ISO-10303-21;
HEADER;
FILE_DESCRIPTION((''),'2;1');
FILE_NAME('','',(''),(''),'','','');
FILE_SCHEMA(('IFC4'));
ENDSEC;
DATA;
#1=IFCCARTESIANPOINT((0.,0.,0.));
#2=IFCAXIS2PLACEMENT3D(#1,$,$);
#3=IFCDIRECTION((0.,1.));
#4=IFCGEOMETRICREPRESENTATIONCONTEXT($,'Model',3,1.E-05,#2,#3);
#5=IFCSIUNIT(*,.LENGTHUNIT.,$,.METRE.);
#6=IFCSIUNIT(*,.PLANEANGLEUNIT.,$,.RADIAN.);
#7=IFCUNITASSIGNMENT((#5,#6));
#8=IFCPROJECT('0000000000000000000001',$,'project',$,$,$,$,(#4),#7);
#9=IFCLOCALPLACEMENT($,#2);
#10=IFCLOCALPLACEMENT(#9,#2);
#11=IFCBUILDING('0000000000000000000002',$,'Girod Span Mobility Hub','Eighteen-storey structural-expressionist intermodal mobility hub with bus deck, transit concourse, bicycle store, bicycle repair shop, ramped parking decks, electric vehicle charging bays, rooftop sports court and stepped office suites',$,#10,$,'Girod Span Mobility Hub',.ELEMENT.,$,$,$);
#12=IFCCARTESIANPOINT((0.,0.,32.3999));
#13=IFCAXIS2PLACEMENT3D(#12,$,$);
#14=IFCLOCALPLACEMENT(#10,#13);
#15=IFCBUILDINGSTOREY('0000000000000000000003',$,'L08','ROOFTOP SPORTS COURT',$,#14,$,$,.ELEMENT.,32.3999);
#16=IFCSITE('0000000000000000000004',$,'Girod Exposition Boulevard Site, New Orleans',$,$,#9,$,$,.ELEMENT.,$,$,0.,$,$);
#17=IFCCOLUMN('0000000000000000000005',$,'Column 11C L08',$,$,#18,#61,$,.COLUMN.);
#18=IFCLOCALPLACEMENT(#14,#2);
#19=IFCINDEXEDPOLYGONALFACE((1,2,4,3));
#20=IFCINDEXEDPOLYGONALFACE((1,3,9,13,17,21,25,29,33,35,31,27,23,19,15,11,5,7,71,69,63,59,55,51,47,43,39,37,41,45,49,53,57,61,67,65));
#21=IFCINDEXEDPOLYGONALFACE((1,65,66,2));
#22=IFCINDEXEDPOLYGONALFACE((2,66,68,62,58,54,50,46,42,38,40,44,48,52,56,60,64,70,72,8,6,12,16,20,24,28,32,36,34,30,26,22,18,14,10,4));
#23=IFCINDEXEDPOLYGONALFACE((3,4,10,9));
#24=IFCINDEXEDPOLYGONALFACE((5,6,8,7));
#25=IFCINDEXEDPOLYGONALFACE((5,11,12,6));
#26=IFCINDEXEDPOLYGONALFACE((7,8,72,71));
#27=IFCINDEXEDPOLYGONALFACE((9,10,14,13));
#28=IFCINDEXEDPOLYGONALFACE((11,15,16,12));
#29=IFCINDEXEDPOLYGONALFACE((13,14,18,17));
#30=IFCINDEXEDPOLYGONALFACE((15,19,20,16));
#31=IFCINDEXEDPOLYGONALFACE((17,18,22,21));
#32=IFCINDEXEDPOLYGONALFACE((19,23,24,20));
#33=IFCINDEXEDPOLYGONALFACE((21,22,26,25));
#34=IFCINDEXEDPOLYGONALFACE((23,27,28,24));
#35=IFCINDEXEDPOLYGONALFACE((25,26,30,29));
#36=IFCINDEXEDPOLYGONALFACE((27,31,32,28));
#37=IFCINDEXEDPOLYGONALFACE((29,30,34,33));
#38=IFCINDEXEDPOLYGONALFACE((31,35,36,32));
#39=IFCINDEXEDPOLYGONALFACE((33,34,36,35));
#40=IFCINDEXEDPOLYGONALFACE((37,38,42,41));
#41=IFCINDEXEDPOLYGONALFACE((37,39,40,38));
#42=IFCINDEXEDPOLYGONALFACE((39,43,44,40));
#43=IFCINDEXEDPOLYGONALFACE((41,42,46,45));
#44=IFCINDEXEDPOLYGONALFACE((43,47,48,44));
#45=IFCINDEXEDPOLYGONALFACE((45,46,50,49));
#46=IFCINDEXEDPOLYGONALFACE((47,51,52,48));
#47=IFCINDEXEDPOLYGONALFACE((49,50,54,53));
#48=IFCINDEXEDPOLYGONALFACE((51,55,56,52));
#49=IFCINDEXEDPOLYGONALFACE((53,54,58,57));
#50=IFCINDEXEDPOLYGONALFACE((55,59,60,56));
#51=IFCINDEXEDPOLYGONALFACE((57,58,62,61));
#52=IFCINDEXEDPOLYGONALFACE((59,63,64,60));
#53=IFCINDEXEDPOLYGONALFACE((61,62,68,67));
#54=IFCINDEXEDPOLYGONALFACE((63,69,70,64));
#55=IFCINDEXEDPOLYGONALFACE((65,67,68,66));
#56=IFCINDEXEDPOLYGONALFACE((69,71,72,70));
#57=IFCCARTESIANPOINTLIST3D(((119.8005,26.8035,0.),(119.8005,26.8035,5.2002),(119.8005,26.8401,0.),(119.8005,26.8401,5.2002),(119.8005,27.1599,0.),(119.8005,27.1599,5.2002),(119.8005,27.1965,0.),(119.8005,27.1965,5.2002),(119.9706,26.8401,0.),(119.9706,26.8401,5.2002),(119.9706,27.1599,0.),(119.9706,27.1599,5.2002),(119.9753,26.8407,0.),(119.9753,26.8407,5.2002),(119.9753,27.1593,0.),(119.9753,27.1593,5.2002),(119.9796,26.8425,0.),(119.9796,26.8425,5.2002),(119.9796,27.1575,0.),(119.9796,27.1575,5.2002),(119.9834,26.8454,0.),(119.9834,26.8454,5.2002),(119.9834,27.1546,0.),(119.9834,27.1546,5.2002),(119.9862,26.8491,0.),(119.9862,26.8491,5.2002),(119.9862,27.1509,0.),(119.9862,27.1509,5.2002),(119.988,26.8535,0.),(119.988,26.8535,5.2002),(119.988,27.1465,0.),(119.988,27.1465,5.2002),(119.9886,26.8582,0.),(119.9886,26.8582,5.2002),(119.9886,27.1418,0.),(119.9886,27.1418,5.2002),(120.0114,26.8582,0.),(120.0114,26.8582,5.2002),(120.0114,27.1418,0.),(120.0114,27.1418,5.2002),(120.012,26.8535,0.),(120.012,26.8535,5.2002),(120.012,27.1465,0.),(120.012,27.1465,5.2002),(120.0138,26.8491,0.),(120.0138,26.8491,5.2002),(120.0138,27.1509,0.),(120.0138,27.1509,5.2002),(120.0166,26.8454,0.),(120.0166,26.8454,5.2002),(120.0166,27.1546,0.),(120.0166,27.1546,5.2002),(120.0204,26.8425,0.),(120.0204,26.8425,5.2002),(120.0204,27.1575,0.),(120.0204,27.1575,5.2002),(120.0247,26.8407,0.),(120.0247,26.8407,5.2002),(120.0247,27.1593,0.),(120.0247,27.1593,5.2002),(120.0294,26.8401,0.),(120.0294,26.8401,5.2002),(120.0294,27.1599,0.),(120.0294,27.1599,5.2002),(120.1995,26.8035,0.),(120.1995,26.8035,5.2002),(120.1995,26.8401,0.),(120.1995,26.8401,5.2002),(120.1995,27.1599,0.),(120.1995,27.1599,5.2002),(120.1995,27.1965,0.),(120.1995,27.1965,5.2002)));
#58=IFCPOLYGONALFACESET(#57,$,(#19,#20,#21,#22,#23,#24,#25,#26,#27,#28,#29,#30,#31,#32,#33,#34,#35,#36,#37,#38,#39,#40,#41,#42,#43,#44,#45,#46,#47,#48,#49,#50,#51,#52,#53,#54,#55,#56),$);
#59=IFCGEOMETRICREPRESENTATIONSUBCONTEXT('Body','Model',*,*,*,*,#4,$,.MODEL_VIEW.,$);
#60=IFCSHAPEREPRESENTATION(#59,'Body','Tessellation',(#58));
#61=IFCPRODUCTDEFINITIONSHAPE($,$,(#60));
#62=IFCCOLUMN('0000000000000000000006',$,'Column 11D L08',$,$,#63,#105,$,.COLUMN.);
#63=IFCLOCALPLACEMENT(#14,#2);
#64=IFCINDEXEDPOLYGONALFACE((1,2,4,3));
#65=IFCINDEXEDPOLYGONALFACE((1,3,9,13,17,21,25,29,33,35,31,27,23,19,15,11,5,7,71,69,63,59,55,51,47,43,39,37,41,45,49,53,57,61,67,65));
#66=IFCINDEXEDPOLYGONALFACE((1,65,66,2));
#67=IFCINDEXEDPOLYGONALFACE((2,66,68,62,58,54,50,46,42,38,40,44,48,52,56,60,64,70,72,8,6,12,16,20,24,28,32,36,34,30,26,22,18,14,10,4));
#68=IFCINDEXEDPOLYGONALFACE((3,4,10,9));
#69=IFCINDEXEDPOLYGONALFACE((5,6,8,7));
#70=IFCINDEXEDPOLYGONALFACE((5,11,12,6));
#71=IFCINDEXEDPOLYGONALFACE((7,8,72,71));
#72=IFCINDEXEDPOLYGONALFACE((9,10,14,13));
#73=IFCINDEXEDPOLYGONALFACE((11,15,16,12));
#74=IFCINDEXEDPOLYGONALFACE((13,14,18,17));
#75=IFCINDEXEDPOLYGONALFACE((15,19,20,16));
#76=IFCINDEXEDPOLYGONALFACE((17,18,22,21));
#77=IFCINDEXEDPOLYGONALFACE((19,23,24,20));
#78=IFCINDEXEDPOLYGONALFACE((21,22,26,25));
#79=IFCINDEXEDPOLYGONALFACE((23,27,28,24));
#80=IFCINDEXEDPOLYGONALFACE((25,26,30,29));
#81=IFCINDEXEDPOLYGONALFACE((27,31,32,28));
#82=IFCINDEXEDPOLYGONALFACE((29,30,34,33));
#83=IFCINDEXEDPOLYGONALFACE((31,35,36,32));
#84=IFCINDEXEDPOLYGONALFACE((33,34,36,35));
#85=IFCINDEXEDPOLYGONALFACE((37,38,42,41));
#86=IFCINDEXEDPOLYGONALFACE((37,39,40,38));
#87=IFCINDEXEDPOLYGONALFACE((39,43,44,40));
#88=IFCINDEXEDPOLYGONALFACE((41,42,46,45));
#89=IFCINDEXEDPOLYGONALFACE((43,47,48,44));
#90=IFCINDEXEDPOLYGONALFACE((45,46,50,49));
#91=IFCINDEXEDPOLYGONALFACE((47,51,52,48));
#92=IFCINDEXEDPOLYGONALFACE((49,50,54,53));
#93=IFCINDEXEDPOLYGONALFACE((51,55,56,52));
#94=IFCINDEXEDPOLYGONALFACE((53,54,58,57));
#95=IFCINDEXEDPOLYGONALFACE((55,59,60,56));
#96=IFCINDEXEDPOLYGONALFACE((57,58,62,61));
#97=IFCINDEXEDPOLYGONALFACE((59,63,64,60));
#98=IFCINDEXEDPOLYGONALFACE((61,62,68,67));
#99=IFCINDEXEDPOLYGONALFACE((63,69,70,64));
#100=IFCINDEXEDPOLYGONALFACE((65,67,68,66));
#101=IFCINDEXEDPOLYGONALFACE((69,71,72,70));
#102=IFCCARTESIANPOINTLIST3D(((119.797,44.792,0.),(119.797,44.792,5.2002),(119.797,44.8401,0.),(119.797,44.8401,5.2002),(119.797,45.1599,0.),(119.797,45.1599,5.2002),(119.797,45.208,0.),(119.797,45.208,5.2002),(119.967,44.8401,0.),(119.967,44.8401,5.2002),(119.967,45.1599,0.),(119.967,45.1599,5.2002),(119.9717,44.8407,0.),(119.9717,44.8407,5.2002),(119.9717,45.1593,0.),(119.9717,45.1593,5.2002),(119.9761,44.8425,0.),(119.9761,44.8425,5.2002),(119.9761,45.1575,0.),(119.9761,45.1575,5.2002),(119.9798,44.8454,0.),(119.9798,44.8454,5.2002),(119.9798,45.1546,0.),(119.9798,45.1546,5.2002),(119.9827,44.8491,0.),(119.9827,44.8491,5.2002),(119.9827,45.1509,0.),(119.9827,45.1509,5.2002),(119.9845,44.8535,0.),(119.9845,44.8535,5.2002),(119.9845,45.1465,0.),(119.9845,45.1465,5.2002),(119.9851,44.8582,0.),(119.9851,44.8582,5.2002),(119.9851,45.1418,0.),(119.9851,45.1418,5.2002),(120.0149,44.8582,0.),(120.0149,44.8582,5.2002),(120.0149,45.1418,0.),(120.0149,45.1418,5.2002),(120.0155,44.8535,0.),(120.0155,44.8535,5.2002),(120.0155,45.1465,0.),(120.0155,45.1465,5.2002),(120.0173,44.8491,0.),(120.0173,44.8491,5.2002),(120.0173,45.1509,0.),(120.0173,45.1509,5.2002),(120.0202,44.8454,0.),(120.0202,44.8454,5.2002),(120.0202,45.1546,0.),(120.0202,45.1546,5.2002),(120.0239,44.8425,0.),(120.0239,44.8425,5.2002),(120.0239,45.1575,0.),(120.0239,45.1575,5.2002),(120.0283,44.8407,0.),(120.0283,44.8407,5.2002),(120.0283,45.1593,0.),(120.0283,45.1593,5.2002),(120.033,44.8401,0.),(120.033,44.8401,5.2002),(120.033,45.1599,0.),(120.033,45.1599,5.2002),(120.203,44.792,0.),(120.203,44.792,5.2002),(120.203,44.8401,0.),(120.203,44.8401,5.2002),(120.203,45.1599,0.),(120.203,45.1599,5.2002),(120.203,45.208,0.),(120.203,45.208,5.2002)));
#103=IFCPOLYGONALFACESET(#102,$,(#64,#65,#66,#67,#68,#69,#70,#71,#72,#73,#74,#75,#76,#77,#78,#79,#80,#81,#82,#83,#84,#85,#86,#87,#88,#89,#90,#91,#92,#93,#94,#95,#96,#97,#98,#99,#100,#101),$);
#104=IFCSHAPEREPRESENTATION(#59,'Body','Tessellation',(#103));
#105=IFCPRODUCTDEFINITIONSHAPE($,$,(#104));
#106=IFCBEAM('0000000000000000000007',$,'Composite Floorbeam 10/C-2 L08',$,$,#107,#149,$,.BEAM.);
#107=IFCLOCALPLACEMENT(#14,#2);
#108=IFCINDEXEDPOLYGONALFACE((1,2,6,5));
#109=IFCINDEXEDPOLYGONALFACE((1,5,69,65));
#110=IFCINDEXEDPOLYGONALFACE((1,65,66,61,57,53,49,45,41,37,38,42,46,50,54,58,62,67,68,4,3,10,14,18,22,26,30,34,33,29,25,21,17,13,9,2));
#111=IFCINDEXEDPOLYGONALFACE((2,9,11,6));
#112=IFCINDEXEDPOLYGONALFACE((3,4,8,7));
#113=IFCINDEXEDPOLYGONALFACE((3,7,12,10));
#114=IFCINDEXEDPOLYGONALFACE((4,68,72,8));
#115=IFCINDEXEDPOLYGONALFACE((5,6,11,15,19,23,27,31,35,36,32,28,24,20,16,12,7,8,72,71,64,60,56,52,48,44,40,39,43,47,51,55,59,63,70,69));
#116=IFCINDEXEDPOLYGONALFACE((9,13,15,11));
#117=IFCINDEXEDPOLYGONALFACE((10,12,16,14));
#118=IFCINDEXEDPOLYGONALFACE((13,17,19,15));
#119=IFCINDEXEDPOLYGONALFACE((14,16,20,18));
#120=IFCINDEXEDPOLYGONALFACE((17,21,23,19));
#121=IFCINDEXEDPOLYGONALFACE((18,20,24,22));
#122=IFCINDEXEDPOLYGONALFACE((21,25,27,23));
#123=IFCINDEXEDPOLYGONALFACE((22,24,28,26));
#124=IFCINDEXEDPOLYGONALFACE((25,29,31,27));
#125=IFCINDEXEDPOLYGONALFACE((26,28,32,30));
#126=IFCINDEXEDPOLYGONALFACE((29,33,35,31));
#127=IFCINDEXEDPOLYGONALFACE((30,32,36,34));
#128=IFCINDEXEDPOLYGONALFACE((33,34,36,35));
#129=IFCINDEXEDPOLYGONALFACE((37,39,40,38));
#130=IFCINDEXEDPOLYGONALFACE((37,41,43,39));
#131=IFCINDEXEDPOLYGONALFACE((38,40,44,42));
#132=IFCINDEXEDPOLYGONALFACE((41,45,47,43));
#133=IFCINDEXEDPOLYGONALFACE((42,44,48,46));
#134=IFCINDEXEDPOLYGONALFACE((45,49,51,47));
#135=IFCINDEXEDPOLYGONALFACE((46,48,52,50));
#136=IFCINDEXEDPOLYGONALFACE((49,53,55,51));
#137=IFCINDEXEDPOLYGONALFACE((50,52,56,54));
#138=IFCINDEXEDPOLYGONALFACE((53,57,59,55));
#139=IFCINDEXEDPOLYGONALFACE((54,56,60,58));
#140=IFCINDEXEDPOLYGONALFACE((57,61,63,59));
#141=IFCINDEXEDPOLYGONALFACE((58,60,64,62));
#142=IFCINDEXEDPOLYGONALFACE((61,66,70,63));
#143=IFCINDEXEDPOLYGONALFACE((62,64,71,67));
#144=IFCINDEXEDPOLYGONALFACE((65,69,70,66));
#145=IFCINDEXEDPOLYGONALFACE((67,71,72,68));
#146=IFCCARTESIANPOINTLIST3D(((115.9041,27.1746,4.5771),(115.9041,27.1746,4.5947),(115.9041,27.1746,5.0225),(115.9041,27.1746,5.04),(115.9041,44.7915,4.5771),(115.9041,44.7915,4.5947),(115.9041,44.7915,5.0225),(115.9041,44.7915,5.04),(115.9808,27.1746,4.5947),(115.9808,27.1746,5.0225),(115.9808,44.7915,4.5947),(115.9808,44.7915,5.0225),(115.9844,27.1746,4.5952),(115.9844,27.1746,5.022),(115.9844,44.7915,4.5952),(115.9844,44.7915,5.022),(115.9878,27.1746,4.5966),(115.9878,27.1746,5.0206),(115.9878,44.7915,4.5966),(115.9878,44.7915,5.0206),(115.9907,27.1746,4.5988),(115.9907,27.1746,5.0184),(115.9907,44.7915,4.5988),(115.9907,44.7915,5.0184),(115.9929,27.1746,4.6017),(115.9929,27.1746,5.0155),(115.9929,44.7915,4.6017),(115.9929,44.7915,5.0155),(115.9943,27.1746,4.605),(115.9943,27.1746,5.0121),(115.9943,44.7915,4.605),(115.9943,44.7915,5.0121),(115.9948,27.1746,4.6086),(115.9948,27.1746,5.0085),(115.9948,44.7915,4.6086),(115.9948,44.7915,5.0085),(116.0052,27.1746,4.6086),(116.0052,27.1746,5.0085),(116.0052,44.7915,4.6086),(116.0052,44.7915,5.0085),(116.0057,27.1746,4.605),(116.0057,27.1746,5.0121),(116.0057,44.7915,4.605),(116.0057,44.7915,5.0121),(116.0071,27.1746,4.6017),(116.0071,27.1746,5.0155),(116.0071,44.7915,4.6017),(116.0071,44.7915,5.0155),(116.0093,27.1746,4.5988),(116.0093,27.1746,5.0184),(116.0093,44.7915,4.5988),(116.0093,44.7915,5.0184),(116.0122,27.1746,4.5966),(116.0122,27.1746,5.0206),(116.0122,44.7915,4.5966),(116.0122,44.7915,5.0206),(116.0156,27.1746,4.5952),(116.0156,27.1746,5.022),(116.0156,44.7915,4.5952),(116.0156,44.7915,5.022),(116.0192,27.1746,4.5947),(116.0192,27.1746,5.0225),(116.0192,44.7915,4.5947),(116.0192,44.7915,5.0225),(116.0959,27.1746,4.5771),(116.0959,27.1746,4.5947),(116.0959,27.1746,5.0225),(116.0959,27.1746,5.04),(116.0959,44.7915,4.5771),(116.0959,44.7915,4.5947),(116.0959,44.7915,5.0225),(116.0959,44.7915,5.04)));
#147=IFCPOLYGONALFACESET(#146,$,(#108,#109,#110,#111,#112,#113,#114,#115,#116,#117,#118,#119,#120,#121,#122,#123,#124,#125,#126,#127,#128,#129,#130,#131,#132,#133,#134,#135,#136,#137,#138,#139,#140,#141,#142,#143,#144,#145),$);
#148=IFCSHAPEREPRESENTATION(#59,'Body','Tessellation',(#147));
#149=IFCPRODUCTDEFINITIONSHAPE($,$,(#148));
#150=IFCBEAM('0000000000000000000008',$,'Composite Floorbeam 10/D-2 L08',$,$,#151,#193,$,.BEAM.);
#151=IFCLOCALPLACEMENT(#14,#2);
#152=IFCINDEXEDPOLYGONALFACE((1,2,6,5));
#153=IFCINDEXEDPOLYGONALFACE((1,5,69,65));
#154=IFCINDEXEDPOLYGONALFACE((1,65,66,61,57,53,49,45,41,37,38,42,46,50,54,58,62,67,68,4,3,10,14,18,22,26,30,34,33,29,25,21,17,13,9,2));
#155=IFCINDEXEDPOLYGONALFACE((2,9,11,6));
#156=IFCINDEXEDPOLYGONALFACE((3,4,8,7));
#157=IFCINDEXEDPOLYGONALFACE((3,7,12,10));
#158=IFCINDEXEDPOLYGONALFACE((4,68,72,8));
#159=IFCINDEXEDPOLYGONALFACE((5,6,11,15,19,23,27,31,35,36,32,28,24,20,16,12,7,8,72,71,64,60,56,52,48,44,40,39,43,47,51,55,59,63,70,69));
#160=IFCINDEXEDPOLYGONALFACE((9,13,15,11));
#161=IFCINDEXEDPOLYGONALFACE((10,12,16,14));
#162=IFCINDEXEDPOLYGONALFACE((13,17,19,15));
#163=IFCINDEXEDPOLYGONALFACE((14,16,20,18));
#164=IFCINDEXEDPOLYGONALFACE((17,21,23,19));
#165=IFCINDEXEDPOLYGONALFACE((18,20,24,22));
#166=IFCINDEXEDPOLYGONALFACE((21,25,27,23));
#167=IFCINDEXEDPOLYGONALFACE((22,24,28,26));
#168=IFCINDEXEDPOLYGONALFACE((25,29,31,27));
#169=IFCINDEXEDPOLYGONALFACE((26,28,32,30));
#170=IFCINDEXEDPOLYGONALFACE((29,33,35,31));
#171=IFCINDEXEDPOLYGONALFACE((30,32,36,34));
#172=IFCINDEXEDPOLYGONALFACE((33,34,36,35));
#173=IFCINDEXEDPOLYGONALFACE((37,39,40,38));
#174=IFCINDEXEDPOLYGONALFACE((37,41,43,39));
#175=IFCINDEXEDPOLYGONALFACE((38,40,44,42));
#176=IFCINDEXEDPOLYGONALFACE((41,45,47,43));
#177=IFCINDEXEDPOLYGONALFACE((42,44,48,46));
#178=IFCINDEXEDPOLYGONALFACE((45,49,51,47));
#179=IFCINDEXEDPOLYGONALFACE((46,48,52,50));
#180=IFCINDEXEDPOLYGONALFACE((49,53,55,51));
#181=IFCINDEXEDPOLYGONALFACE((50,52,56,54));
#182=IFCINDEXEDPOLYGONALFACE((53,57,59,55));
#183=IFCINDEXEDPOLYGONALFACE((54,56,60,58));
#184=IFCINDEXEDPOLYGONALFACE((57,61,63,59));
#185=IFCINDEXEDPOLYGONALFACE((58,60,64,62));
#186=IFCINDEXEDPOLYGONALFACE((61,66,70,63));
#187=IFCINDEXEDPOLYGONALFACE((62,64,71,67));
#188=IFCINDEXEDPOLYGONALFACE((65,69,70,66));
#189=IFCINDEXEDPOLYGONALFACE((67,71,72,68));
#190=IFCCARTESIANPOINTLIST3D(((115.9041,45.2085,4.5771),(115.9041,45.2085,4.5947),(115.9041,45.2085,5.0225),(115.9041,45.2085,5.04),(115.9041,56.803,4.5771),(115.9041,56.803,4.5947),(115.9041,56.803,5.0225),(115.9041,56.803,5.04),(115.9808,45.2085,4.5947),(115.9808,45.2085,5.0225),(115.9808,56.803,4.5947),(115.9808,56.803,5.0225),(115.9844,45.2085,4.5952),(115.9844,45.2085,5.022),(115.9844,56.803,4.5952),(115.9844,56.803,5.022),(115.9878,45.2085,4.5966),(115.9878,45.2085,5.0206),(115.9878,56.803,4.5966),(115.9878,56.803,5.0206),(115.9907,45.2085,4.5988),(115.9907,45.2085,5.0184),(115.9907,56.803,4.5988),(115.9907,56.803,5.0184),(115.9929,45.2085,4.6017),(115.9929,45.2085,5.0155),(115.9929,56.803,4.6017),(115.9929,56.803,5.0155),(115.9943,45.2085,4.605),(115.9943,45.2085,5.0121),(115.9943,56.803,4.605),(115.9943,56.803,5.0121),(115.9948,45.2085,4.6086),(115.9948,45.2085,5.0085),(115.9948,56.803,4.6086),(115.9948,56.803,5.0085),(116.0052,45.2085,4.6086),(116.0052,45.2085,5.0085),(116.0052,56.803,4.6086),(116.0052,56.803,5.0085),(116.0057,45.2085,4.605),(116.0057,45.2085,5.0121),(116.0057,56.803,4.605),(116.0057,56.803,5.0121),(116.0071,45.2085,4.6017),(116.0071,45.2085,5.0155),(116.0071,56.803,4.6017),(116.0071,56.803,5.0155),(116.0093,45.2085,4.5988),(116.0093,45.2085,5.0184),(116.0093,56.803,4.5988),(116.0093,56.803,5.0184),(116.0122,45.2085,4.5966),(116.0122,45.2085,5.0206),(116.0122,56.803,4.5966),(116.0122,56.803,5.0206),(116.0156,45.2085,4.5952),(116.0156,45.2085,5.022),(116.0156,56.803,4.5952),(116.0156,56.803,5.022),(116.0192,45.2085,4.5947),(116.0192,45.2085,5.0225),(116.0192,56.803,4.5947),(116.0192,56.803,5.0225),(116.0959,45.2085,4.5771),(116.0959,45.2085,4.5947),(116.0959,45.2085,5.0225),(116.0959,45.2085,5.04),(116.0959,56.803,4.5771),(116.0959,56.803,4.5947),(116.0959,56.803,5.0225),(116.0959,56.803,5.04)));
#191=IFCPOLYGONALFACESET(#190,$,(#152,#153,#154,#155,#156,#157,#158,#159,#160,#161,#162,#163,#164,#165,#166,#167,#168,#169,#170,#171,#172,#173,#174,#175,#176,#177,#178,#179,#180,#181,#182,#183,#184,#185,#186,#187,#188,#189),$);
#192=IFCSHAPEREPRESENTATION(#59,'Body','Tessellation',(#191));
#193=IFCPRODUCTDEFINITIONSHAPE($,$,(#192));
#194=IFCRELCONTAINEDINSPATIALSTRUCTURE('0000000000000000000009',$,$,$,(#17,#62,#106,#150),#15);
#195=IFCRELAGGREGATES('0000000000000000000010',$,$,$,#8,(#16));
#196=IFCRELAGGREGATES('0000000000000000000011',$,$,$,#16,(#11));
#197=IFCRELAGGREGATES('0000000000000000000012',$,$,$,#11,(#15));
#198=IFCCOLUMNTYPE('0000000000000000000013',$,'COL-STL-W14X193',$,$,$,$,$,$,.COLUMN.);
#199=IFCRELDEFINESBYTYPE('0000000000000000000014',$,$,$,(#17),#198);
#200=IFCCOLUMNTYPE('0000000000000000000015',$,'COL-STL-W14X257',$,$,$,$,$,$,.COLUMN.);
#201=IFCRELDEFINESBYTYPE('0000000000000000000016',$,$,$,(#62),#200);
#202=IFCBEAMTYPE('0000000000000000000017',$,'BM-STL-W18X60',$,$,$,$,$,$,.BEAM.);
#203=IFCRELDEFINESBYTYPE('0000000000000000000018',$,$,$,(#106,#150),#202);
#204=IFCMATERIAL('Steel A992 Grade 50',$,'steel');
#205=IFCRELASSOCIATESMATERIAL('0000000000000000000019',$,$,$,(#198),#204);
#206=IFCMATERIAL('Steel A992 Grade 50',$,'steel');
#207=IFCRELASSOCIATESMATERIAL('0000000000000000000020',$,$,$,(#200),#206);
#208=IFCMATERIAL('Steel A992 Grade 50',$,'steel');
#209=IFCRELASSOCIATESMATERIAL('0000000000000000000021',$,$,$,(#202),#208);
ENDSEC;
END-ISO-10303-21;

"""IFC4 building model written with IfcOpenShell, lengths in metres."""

from ifc_helpers import new_model, si_unit, direction, frame, origin, origin_2d, place, context, subcontext, project, spatial, i_section, extrude, material, material_profile, profile_set, type_object, element, save


model = new_model("IFC4")

# Units and contexts
model_context = context("Model", 3, precision=1e-05, world=origin(), true_north=direction((0.0, 1.0)))
body_context = subcontext(model_context, "Body", "Model", "MODEL_VIEW")
ifc_project = project(units=[si_unit("LENGTHUNIT", "METRE"), si_unit("PLANEANGLEUNIT", "RADIAN")], contexts=[model_context])

# Site, building, storey
site_placement = place(None, origin())
site = spatial("IfcSite", under=ifc_project, at=site_placement, Name="Girod Exposition Boulevard Site, New Orleans", CompositionType="ELEMENT", RefElevation=0.0)
building_placement = place(site_placement, origin())
building = spatial("IfcBuilding", under=site, at=building_placement, Name="Girod Span Mobility Hub", Description="Eighteen-storey structural-expressionist intermodal mobility hub with bus deck, transit concourse, bicycle store, bicycle repair shop, ramped parking decks, electric vehicle charging bays, rooftop sports court and stepped office suites", LongName="Girod Span Mobility Hub", CompositionType="ELEMENT")
storey_placement = place(building_placement, frame((0.0, 0.0, 32.3999)))
storey = spatial("IfcBuildingStorey", under=building, at=storey_placement, Name="L08", Description="ROOFTOP SPORTS COURT", CompositionType="ELEMENT", Elevation=32.3999)

# Columns
ifc_material_1 = material(Name="Steel A992 Grade 50", Category="steel")
ifc_material_profile_1 = material_profile(ifc_material_1, i_section(OverallWidth=0.3989, OverallDepth=0.3931, WebThickness=0.0227, FlangeThickness=0.0366, FilletRadius=0.0181, at=origin_2d()), Name="W14X193")
ifc_profile_set_1 = profile_set([ifc_material_profile_1], Name="Steel A992 Grade 50")
column_type_1 = type_object("IfcColumnType", Name="COL-STL-W14X193", PredefinedType="COLUMN", material=ifc_profile_set_1)
column_1_placement = place(storey_placement, frame((120.0, 27.0, 0.0), z_axis=(0.0, 0.0, 1.0), x_axis=(1.0, 0.0, 0.0)))
element("IfcColumn", 1, at=column_1_placement, inside=storey, type_object=column_type_1, Name="Column 11C L08", PredefinedType="COLUMN", context=body_context, shape_type="SweptSolid", body=[
    extrude(i_section(OverallWidth=0.3989, OverallDepth=0.3931, WebThickness=0.0227, FlangeThickness=0.0366, FilletRadius=0.0181, at=origin_2d()), origin(), (0.0, 0.0, 1.0), 5.2002),
])
ifc_material_2 = material(Name="Steel A992 Grade 50", Category="steel")
ifc_material_profile_2 = material_profile(ifc_material_2, i_section(OverallWidth=0.406, OverallDepth=0.416, WebThickness=0.0298, FlangeThickness=0.0481, FilletRadius=0.0181, at=origin_2d()), Name="W14X257")
ifc_profile_set_2 = profile_set([ifc_material_profile_2], Name="Steel A992 Grade 50")
column_type_2 = type_object("IfcColumnType", Name="COL-STL-W14X257", PredefinedType="COLUMN", material=ifc_profile_set_2)
column_2_placement = place(storey_placement, frame((120.0, 45.0, 0.0), z_axis=(0.0, 0.0, 1.0), x_axis=(1.0, 0.0, 0.0)))
element("IfcColumn", 2, at=column_2_placement, inside=storey, type_object=column_type_2, Name="Column 11D L08", PredefinedType="COLUMN", context=body_context, shape_type="SweptSolid", body=[
    extrude(i_section(OverallWidth=0.406, OverallDepth=0.416, WebThickness=0.0298, FlangeThickness=0.0481, FilletRadius=0.0181, at=origin_2d()), origin(), (0.0, 0.0, 1.0), 5.2002),
])

# Beams
ifc_material_3 = material(Name="Steel A992 Grade 50", Category="steel")
ifc_material_profile_3 = material_profile(ifc_material_3, i_section(OverallWidth=0.1919, OverallDepth=0.4629, WebThickness=0.0105, FlangeThickness=0.0176, FilletRadius=0.0139, at=origin_2d()), Name="W18X60")
ifc_profile_set_3 = profile_set([ifc_material_profile_3], Name="Steel A992 Grade 50")
beam_type_1 = type_object("IfcBeamType", Name="BM-STL-W18X60", PredefinedType="BEAM", material=ifc_profile_set_3)
beam_1_placement = place(storey_placement, frame((116.0, 27.1746, 4.8086), z_axis=(0.0, 1.0, 0.0), x_axis=(-1.0, 0.0, 0.0)))
element("IfcBeam", 3, at=beam_1_placement, inside=storey, type_object=beam_type_1, Name="Composite Floorbeam 10/C-2 L08", PredefinedType="BEAM", context=body_context, shape_type="SweptSolid", body=[
    extrude(i_section(OverallWidth=0.1919, OverallDepth=0.4629, WebThickness=0.0105, FlangeThickness=0.0176, FilletRadius=0.0139, at=origin_2d()), origin(), (0.0, 0.0, 1.0), 17.6169),
])
beam_2_placement = place(storey_placement, frame((116.0, 45.2085, 4.8086), z_axis=(0.0, 1.0, 0.0), x_axis=(-1.0, 0.0, 0.0)))
element("IfcBeam", 4, at=beam_2_placement, inside=storey, type_object=beam_type_1, Name="Composite Floorbeam 10/D-2 L08", PredefinedType="BEAM", context=body_context, shape_type="SweptSolid", body=[
    extrude(i_section(OverallWidth=0.1919, OverallDepth=0.4629, WebThickness=0.0105, FlangeThickness=0.0176, FilletRadius=0.0139, at=origin_2d()), origin(), (0.0, 0.0, 1.0), 11.5945),
])

save(model, "model.ifc")
